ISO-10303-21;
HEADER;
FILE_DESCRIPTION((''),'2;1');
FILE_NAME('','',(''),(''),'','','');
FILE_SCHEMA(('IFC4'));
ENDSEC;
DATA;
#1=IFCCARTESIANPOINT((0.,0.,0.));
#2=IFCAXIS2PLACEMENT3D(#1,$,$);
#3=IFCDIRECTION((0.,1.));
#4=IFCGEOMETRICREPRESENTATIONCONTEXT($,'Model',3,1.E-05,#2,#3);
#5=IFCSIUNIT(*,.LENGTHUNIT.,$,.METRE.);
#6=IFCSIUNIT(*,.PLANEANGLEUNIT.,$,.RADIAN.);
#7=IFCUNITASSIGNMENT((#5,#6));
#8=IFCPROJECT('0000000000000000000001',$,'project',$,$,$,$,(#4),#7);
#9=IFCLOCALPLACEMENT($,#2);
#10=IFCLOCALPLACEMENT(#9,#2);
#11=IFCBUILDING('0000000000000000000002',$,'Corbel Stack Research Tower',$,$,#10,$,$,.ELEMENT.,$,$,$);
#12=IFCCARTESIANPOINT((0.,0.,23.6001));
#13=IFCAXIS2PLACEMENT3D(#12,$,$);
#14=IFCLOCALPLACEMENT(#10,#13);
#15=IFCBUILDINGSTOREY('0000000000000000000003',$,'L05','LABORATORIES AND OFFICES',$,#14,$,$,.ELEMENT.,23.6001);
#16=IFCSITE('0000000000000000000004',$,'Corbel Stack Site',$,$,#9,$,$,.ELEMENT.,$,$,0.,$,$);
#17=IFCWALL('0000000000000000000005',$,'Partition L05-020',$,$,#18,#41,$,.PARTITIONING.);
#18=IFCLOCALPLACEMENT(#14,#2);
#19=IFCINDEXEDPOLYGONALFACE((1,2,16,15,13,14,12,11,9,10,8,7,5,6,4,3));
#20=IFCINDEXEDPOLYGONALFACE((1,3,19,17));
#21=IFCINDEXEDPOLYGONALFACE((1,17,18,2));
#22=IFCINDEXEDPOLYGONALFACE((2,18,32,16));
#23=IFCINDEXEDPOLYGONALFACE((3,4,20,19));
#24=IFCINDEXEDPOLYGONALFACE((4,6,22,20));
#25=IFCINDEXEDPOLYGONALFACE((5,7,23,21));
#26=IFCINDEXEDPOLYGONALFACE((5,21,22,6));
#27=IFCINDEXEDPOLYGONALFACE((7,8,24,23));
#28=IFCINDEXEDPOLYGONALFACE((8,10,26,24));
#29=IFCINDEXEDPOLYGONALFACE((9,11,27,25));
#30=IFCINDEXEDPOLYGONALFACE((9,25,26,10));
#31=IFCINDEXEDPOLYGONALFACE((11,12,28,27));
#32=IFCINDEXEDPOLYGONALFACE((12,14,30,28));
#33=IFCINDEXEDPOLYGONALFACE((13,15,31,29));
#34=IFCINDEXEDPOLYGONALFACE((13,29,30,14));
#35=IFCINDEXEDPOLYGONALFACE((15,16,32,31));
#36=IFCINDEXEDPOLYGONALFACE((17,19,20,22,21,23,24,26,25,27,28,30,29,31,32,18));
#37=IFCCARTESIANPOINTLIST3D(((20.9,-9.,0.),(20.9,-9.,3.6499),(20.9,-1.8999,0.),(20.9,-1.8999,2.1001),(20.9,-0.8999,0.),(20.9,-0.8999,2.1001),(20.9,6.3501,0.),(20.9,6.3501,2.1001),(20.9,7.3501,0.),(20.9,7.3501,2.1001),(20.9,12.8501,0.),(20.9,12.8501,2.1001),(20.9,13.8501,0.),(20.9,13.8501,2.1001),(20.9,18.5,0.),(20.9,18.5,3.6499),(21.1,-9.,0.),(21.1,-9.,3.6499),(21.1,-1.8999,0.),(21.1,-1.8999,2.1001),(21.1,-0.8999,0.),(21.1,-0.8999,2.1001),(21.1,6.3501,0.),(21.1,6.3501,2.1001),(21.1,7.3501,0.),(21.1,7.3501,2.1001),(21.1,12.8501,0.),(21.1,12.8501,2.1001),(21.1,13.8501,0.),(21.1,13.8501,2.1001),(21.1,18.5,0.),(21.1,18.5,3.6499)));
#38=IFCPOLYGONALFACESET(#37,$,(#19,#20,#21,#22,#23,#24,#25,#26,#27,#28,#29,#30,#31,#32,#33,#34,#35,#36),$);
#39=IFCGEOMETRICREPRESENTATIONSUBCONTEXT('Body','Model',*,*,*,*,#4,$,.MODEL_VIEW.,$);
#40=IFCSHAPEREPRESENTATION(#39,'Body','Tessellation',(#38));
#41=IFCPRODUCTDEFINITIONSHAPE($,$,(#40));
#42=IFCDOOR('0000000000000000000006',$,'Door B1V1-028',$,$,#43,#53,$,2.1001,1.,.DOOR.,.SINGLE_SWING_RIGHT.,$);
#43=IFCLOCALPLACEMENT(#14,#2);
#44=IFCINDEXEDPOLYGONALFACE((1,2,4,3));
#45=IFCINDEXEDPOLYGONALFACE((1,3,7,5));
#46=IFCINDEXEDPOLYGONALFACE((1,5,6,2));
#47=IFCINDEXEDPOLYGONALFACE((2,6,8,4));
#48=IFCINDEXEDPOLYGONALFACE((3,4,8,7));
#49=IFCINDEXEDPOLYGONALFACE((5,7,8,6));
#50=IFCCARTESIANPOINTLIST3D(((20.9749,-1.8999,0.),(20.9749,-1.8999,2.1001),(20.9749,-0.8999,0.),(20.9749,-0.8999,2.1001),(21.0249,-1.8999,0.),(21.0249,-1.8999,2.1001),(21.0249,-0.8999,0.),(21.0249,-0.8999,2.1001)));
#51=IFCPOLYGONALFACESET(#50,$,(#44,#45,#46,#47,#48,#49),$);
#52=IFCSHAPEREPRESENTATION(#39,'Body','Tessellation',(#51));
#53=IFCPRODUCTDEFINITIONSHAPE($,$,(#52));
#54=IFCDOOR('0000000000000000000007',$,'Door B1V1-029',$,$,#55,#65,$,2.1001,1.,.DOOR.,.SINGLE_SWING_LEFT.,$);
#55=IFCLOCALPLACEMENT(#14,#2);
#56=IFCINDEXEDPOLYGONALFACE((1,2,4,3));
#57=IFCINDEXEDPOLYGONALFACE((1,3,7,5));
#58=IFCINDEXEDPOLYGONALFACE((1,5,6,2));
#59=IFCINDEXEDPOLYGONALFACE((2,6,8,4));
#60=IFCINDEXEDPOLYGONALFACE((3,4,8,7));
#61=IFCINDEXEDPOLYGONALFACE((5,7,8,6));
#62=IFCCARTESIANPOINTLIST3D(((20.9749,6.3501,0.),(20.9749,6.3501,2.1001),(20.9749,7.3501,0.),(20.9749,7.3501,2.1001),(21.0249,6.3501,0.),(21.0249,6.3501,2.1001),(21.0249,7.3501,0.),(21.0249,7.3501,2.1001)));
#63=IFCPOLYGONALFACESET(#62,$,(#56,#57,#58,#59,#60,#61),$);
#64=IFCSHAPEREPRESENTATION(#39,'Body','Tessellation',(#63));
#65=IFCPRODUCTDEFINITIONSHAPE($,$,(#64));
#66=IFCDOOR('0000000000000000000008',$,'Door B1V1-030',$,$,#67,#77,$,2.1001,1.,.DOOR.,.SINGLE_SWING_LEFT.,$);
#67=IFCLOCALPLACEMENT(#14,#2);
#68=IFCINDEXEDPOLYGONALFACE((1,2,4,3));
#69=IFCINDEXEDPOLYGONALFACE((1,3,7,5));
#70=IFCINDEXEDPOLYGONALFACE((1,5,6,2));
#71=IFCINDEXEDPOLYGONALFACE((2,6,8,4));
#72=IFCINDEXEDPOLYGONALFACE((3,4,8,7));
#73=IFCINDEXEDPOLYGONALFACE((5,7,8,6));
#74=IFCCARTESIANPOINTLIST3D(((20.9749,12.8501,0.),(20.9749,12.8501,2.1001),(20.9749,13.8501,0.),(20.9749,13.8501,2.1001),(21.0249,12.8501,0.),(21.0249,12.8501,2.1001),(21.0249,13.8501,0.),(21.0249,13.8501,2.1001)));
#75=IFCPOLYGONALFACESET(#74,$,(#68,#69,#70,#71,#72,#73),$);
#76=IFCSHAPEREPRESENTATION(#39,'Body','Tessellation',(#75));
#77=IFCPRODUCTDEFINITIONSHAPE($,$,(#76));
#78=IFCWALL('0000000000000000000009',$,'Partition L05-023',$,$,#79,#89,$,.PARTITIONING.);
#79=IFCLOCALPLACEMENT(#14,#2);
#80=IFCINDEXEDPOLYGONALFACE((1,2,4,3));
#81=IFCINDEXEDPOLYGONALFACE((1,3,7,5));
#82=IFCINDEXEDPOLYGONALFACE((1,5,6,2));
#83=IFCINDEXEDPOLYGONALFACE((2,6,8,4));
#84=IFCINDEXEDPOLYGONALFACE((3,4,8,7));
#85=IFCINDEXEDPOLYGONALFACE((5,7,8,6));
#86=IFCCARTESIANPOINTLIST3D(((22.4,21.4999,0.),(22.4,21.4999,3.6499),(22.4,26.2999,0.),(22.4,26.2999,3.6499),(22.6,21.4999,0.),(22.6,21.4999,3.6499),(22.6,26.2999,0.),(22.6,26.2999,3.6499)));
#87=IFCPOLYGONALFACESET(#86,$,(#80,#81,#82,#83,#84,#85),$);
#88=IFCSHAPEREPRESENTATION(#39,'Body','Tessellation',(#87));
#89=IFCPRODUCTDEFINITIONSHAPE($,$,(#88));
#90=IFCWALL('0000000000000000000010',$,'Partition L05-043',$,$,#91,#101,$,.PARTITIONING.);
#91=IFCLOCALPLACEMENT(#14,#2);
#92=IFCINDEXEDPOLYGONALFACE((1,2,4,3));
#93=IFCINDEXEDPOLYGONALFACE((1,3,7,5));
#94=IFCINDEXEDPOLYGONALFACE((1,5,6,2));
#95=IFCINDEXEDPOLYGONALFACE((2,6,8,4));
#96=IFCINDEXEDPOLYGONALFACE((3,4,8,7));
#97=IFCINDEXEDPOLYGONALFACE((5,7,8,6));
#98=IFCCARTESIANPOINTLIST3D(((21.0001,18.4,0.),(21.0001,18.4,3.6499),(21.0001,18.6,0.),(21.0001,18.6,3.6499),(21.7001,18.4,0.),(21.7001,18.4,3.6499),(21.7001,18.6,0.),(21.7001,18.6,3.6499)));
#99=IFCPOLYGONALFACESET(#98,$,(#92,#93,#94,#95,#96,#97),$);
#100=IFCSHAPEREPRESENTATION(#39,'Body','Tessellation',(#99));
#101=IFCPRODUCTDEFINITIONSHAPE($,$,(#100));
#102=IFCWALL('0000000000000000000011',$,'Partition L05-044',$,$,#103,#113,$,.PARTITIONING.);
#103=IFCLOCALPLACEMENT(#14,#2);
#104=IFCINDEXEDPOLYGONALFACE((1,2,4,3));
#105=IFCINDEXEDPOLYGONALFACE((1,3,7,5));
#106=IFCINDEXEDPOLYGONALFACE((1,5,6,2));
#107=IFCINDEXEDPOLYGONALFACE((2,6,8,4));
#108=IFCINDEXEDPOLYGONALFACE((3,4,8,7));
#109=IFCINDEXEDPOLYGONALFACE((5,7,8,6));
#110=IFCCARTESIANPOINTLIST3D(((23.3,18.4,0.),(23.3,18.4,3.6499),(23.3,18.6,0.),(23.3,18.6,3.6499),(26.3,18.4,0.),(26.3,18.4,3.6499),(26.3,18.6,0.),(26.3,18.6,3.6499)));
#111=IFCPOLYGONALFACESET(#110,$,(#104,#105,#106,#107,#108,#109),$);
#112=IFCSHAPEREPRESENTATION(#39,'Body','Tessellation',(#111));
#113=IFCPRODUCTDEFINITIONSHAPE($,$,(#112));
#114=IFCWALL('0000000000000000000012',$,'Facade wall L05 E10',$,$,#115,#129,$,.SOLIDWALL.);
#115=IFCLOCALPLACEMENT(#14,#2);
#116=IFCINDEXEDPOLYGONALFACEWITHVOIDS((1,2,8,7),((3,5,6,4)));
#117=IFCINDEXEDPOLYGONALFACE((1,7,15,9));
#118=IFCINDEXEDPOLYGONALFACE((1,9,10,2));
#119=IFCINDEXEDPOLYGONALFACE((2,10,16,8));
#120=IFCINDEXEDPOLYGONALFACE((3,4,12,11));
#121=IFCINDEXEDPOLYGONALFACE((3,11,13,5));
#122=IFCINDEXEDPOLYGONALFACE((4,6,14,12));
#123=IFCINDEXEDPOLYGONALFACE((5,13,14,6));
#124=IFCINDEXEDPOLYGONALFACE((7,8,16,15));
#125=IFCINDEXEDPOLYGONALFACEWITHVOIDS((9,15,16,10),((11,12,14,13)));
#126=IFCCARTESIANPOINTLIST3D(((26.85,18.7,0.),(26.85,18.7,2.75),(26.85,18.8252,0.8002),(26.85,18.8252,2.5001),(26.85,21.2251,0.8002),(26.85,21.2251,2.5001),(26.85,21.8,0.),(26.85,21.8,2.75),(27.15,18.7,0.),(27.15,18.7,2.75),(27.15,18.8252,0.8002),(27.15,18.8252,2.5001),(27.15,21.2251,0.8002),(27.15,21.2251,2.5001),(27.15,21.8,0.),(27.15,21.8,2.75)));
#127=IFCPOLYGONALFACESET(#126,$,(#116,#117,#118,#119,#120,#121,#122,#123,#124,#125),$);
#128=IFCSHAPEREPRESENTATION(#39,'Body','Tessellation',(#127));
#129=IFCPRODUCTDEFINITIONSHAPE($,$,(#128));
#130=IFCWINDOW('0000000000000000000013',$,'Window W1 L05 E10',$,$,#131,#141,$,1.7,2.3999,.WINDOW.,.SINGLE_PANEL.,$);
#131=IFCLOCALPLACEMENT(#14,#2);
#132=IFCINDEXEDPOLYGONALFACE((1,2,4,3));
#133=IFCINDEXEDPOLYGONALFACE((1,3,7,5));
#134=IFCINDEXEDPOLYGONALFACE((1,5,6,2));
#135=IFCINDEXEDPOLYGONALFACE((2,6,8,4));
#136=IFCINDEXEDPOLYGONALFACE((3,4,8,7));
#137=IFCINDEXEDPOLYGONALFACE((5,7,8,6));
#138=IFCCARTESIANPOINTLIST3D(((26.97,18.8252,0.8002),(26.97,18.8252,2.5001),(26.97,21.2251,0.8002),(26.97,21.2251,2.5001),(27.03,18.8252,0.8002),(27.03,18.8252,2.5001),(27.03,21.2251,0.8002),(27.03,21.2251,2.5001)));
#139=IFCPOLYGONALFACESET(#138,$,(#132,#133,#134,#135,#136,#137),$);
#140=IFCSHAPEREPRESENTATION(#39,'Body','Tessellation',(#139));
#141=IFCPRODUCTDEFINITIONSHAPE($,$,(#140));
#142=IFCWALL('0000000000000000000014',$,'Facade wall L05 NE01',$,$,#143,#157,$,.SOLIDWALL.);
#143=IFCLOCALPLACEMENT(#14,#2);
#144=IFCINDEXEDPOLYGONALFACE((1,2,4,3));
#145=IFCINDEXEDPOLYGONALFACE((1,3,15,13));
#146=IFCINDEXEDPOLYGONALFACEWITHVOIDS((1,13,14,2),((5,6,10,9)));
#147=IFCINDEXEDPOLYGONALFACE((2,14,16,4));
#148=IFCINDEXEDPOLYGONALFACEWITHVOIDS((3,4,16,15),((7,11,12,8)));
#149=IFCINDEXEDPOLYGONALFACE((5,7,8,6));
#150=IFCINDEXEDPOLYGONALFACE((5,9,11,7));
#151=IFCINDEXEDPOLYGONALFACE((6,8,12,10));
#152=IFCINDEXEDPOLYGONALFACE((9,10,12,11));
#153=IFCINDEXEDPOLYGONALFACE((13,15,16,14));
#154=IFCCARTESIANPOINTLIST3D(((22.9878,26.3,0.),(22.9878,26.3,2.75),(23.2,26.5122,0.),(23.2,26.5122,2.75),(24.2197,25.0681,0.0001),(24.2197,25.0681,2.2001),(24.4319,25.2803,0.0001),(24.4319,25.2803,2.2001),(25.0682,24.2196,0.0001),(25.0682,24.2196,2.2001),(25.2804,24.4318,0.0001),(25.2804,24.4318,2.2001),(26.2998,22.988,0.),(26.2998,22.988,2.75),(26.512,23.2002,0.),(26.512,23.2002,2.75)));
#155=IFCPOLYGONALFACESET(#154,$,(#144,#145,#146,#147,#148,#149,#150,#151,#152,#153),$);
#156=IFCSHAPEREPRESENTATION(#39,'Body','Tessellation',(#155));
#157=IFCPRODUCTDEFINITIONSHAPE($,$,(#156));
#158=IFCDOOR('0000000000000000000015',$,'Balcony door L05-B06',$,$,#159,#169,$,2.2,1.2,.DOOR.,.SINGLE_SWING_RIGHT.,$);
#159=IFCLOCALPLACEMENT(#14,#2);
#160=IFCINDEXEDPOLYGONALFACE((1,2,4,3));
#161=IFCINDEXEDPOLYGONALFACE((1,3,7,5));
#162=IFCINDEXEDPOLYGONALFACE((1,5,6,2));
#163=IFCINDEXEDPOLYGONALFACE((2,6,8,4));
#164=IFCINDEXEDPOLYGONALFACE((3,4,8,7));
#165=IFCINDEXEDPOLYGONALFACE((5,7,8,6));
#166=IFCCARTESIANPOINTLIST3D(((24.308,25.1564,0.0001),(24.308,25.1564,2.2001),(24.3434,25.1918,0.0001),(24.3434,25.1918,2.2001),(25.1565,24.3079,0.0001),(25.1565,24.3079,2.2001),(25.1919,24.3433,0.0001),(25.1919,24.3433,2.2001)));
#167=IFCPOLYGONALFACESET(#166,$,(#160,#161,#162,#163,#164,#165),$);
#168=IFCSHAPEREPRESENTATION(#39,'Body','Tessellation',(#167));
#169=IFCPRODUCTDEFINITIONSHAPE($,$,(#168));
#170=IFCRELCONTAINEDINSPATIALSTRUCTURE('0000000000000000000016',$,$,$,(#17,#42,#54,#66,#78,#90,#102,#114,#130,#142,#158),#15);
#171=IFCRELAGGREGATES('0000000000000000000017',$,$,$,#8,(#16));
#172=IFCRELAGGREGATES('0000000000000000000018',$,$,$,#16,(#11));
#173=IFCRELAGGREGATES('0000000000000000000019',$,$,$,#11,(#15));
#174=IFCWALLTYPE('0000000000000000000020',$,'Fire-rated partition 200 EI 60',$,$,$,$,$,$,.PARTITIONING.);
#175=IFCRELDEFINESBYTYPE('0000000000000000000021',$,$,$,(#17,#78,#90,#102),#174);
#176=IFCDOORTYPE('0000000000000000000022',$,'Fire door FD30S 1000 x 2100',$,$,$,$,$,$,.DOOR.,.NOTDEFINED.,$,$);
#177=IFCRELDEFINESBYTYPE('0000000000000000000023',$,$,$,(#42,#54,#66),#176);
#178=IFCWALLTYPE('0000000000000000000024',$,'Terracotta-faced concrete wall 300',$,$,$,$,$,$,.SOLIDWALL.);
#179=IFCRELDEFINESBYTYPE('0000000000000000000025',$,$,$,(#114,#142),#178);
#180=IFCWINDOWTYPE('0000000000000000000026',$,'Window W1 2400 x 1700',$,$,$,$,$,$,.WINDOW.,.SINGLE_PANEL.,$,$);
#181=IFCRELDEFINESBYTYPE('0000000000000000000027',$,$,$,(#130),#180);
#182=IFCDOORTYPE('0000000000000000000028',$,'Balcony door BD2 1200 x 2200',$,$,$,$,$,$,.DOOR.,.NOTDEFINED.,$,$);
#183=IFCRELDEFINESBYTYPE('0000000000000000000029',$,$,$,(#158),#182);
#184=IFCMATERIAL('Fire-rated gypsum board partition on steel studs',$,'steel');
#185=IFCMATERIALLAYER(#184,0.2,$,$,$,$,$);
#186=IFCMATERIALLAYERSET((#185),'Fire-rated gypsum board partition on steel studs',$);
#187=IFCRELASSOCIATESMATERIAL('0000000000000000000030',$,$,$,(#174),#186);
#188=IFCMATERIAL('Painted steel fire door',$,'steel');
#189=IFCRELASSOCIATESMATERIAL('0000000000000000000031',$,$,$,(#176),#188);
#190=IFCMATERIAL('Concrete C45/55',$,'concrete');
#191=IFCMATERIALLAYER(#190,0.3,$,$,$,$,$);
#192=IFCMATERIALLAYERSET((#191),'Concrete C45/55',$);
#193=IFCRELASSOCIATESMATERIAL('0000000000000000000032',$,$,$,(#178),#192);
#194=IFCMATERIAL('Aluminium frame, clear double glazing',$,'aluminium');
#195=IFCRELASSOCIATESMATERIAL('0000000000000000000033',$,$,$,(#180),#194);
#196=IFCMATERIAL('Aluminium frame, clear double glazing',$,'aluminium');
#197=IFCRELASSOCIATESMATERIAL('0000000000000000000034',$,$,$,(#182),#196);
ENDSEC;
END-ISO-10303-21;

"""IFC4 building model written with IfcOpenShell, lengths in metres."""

from ifc_helpers import new_model, si_unit, direction, frame, frame_2d, origin, place, context, subcontext, project, spatial, rectangle, extrude, material, layer, layer_set, type_object, element, fill, save


model = new_model("IFC4")

# Units and contexts
model_context = context("Model", 3, precision=1e-05, world=origin(), true_north=direction((0.0, 1.0)))
body_context = subcontext(model_context, "Body", "Model", "MODEL_VIEW")
ifc_project = project(units=[si_unit("LENGTHUNIT", "METRE"), si_unit("PLANEANGLEUNIT", "RADIAN")], contexts=[model_context])

# Site, building, storey
site_placement = place(None, origin())
site = spatial("IfcSite", under=ifc_project, at=site_placement, Name="Corbel Stack Site", CompositionType="ELEMENT", RefElevation=0.0)
building_placement = place(site_placement, origin())
building = spatial("IfcBuilding", under=site, at=building_placement, Name="Corbel Stack Research Tower", CompositionType="ELEMENT")
storey_placement = place(building_placement, frame((0.0, 0.0, 23.6001)))
storey = spatial("IfcBuildingStorey", under=building, at=storey_placement, Name="L05", Description="LABORATORIES AND OFFICES", CompositionType="ELEMENT", Elevation=23.6001)

# Shared definitions
ifc_material_1 = material(Name="Fire-rated gypsum board partition on steel studs", Category="steel")
ifc_layer_1 = layer(ifc_material_1, 0.2)
ifc_layer_set_1 = layer_set([ifc_layer_1], Name="Fire-rated gypsum board partition on steel studs")
wall_type_1 = type_object("IfcWallType", Name="Fire-rated partition 200 EI 60", PredefinedType="PARTITIONING", material=ifc_layer_set_1)

# Wall, openings, doors
wall_1_placement = place(storey_placement, frame((21.0, 18.5, 0.0), z_axis=(0.0, 0.0, 1.0), x_axis=(0.0, -1.0, 0.0)))
wall_1 = element("IfcWall", 1, at=wall_1_placement, inside=storey, type_object=wall_type_1, Name="Partition L05-020", PredefinedType="PARTITIONING", context=body_context, shape_type="SweptSolid", body=[
    extrude(rectangle(XDim=27.5, YDim=0.2, at=frame_2d((13.75, 0.0))), origin(), (0.0, 0.0, 1.0), 3.6499),
])
opening_1_placement = place(wall_1_placement, frame((19.3999, 0.0, 0.0)))
opening_1 = element("IfcOpeningElement", 2, at=opening_1_placement, cuts=wall_1, PredefinedType="OPENING", context=body_context, shape_type="SweptSolid", body=[
    extrude(rectangle(XDim=1.0, YDim=2.1001, at=frame_2d((0.5, 1.05))), frame((0.0, 0.1099, 0.0), z_axis=(0.0, -1.0, 0.0), x_axis=(1.0, 0.0, 0.0)), (0.0, 0.0, 1.0), 0.22),
])
opening_2_placement = place(wall_1_placement, frame((11.1499, 0.0, 0.0)))
opening_2 = element("IfcOpeningElement", 3, at=opening_2_placement, cuts=wall_1, PredefinedType="OPENING", context=body_context, shape_type="SweptSolid", body=[
    extrude(rectangle(XDim=1.0, YDim=2.1001, at=frame_2d((0.5, 1.05))), frame((0.0, 0.1099, 0.0), z_axis=(0.0, -1.0, 0.0), x_axis=(1.0, 0.0, 0.0)), (0.0, 0.0, 1.0), 0.22),
])
opening_3_placement = place(wall_1_placement, frame((4.6499, 0.0, 0.0)))
opening_3 = element("IfcOpeningElement", 4, at=opening_3_placement, cuts=wall_1, PredefinedType="OPENING", context=body_context, shape_type="SweptSolid", body=[
    extrude(rectangle(XDim=1.0, YDim=2.1001, at=frame_2d((0.5, 1.05))), frame((0.0, 0.1099, 0.0), z_axis=(0.0, -1.0, 0.0), x_axis=(1.0, 0.0, 0.0)), (0.0, 0.0, 1.0), 0.22),
])
ifc_material_2 = material(Name="Painted steel fire door", Category="steel")
door_type_1 = type_object("IfcDoorType", Name="Fire door FD30S 1000 x 2100", OperationType="NOTDEFINED", PredefinedType="DOOR", material=ifc_material_2)
door_1_placement = place(opening_1_placement, origin())
door_1 = element("IfcDoor", 5, at=door_1_placement, inside=storey, type_object=door_type_1, Name="Door B1V1-028", OperationType="SINGLE_SWING_RIGHT", OverallHeight=2.1001, OverallWidth=1.0, PredefinedType="DOOR", context=body_context, shape_type="SweptSolid", body=[
    extrude(rectangle(XDim=1.0, YDim=2.1001, at=frame_2d((0.5, 1.05))), frame((0.0, 0.0249, 0.0), z_axis=(0.0, -1.0, 0.0), x_axis=(1.0, 0.0, 0.0)), (0.0, 0.0, 1.0), 0.05),
])
fill(opening_1, door_1)
door_2_placement = place(opening_2_placement, origin())
door_2 = element("IfcDoor", 6, at=door_2_placement, inside=storey, type_object=door_type_1, Name="Door B1V1-029", OperationType="SINGLE_SWING_LEFT", OverallHeight=2.1001, OverallWidth=1.0, PredefinedType="DOOR", context=body_context, shape_type="SweptSolid", body=[
    extrude(rectangle(XDim=1.0, YDim=2.1001, at=frame_2d((0.5, 1.05))), frame((0.0, 0.0249, 0.0), z_axis=(0.0, -1.0, 0.0), x_axis=(1.0, 0.0, 0.0)), (0.0, 0.0, 1.0), 0.05),
])
fill(opening_2, door_2)
door_3_placement = place(opening_3_placement, origin())
door_3 = element("IfcDoor", 7, at=door_3_placement, inside=storey, type_object=door_type_1, Name="Door B1V1-030", OperationType="SINGLE_SWING_LEFT", OverallHeight=2.1001, OverallWidth=1.0, PredefinedType="DOOR", context=body_context, shape_type="SweptSolid", body=[
    extrude(rectangle(XDim=1.0, YDim=2.1001, at=frame_2d((0.5, 1.05))), frame((0.0, 0.0249, 0.0), z_axis=(0.0, -1.0, 0.0), x_axis=(1.0, 0.0, 0.0)), (0.0, 0.0, 1.0), 0.05),
])
fill(opening_3, door_3)

# Walls
wall_2_placement = place(storey_placement, frame((22.5, 21.5, 0.0), z_axis=(0.0, 0.0, 1.0), x_axis=(0.0, 1.0, 0.0)))
element("IfcWall", 8, at=wall_2_placement, inside=storey, type_object=wall_type_1, Name="Partition L05-023", PredefinedType="PARTITIONING", context=body_context, shape_type="SweptSolid", body=[
    extrude(rectangle(XDim=4.8, YDim=0.2, at=frame_2d((2.3999, 0.0))), origin(), (0.0, 0.0, 1.0), 3.6499),
])
wall_3_placement = place(storey_placement, frame((21.0, 18.5, 0.0), z_axis=(0.0, 0.0, 1.0), x_axis=(1.0, 0.0, 0.0)))
element("IfcWall", 9, at=wall_3_placement, inside=storey, type_object=wall_type_1, Name="Partition L05-043", PredefinedType="PARTITIONING", context=body_context, shape_type="SweptSolid", body=[
    extrude(rectangle(XDim=0.7, YDim=0.2, at=frame_2d((0.3501, 0.0))), origin(), (0.0, 0.0, 1.0), 3.6499),
])
wall_4_placement = place(storey_placement, frame((23.3, 18.5, 0.0), z_axis=(0.0, 0.0, 1.0), x_axis=(1.0, 0.0, 0.0)))
element("IfcWall", 10, at=wall_4_placement, inside=storey, type_object=wall_type_1, Name="Partition L05-044", PredefinedType="PARTITIONING", context=body_context, shape_type="SweptSolid", body=[
    extrude(rectangle(XDim=3.0, YDim=0.2, at=frame_2d((1.5, 0.0))), origin(), (0.0, 0.0, 1.0), 3.6499),
])

# Wall, opening, window
ifc_material_3 = material(Name="Concrete C45/55", Category="concrete")
ifc_layer_2 = layer(ifc_material_3, 0.3)
ifc_layer_set_2 = layer_set([ifc_layer_2], Name="Concrete C45/55")
wall_type_2 = type_object("IfcWallType", Name="Terracotta-faced concrete wall 300", PredefinedType="SOLIDWALL", material=ifc_layer_set_2)
wall_5_placement = place(storey_placement, frame((27.0, 21.8, 0.0), z_axis=(0.0, 0.0, 1.0), x_axis=(0.0, -1.0, 0.0)))
wall_5 = element("IfcWall", 11, at=wall_5_placement, inside=storey, type_object=wall_type_2, Name="Facade wall L05 E10", PredefinedType="SOLIDWALL", context=body_context, shape_type="SweptSolid", body=[
    extrude(rectangle(XDim=3.1001, YDim=0.3, at=frame_2d((1.55, 0.0))), origin(), (0.0, 0.0, 1.0), 2.75),
])
opening_4_placement = place(wall_5_placement, frame((0.575, 0.0, 0.8)))
opening_4 = element("IfcOpeningElement", 12, at=opening_4_placement, cuts=wall_5, PredefinedType="OPENING", context=body_context, shape_type="SweptSolid", body=[
    extrude(rectangle(XDim=2.3999, YDim=1.7, at=frame_2d((1.2, 0.8501))), frame((0.0, 0.1599, 0.0), z_axis=(0.0, -1.0, 0.0), x_axis=(1.0, 0.0, 0.0)), (0.0, 0.0, 1.0), 0.3201),
])
ifc_material_4 = material(Name="Aluminium frame, clear double glazing", Category="aluminium")
window_type = type_object("IfcWindowType", Name="Window W1 2400 x 1700", PartitioningType="SINGLE_PANEL", PredefinedType="WINDOW", material=ifc_material_4)
window_1_placement = place(opening_4_placement, origin())
window_1 = element("IfcWindow", 13, at=window_1_placement, inside=storey, type_object=window_type, Name="Window W1 L05 E10", OverallHeight=1.7, OverallWidth=2.3999, PartitioningType="SINGLE_PANEL", PredefinedType="WINDOW", context=body_context, shape_type="SweptSolid", body=[
    extrude(rectangle(XDim=2.3999, YDim=1.7, at=frame_2d((1.2, 0.8501))), frame((0.0, 0.03, 0.0), z_axis=(0.0, -1.0, 0.0), x_axis=(1.0, 0.0, 0.0)), (0.0, 0.0, 1.0), 0.0601),
])
fill(opening_4, window_1)

# Wall, opening, door
wall_6_placement = place(storey_placement, frame((23.094, 26.406, 0.0), z_axis=(0.0, 0.0, 1.0), x_axis=(0.707107, -0.707107, 0.0)))
wall_6 = element("IfcWall", 14, at=wall_6_placement, inside=storey, type_object=wall_type_2, Name="Facade wall L05 NE01", PredefinedType="SOLIDWALL", context=body_context, shape_type="SweptSolid", body=[
    extrude(rectangle(XDim=4.6838, YDim=0.3, at=frame_2d((2.3418, 0.0))), origin(), (0.0, 0.0, 1.0), 2.75),
])
opening_5_placement = place(wall_6_placement, frame((1.7419, 0.0, 0.0)))
opening_5 = element("IfcOpeningElement", 15, at=opening_5_placement, cuts=wall_6, PredefinedType="OPENING", context=body_context, shape_type="SweptSolid", body=[
    extrude(rectangle(XDim=1.2, YDim=2.2, at=frame_2d((0.6001, 1.1001))), frame((0.0, 0.1599, 0.0), z_axis=(0.0, -1.0, 0.0), x_axis=(1.0, 0.0, 0.0)), (0.0, 0.0, 1.0), 0.3201),
])
ifc_material_5 = material(Name="Aluminium frame, clear double glazing", Category="aluminium")
door_type_2 = type_object("IfcDoorType", Name="Balcony door BD2 1200 x 2200", OperationType="NOTDEFINED", PredefinedType="DOOR", material=ifc_material_5)
door_4_placement = place(opening_5_placement, origin())
door_4 = element("IfcDoor", 16, at=door_4_placement, inside=storey, type_object=door_type_2, Name="Balcony door L05-B06", OperationType="SINGLE_SWING_RIGHT", OverallHeight=2.2, OverallWidth=1.2, PredefinedType="DOOR", context=body_context, shape_type="SweptSolid", body=[
    extrude(rectangle(XDim=1.2, YDim=2.2, at=frame_2d((0.6001, 1.1001))), frame((0.0, 0.0249, 0.0), z_axis=(0.0, -1.0, 0.0), x_axis=(1.0, 0.0, 0.0)), (0.0, 0.0, 1.0), 0.05),
])
fill(opening_5, door_4)

save(model, "model.ifc")
